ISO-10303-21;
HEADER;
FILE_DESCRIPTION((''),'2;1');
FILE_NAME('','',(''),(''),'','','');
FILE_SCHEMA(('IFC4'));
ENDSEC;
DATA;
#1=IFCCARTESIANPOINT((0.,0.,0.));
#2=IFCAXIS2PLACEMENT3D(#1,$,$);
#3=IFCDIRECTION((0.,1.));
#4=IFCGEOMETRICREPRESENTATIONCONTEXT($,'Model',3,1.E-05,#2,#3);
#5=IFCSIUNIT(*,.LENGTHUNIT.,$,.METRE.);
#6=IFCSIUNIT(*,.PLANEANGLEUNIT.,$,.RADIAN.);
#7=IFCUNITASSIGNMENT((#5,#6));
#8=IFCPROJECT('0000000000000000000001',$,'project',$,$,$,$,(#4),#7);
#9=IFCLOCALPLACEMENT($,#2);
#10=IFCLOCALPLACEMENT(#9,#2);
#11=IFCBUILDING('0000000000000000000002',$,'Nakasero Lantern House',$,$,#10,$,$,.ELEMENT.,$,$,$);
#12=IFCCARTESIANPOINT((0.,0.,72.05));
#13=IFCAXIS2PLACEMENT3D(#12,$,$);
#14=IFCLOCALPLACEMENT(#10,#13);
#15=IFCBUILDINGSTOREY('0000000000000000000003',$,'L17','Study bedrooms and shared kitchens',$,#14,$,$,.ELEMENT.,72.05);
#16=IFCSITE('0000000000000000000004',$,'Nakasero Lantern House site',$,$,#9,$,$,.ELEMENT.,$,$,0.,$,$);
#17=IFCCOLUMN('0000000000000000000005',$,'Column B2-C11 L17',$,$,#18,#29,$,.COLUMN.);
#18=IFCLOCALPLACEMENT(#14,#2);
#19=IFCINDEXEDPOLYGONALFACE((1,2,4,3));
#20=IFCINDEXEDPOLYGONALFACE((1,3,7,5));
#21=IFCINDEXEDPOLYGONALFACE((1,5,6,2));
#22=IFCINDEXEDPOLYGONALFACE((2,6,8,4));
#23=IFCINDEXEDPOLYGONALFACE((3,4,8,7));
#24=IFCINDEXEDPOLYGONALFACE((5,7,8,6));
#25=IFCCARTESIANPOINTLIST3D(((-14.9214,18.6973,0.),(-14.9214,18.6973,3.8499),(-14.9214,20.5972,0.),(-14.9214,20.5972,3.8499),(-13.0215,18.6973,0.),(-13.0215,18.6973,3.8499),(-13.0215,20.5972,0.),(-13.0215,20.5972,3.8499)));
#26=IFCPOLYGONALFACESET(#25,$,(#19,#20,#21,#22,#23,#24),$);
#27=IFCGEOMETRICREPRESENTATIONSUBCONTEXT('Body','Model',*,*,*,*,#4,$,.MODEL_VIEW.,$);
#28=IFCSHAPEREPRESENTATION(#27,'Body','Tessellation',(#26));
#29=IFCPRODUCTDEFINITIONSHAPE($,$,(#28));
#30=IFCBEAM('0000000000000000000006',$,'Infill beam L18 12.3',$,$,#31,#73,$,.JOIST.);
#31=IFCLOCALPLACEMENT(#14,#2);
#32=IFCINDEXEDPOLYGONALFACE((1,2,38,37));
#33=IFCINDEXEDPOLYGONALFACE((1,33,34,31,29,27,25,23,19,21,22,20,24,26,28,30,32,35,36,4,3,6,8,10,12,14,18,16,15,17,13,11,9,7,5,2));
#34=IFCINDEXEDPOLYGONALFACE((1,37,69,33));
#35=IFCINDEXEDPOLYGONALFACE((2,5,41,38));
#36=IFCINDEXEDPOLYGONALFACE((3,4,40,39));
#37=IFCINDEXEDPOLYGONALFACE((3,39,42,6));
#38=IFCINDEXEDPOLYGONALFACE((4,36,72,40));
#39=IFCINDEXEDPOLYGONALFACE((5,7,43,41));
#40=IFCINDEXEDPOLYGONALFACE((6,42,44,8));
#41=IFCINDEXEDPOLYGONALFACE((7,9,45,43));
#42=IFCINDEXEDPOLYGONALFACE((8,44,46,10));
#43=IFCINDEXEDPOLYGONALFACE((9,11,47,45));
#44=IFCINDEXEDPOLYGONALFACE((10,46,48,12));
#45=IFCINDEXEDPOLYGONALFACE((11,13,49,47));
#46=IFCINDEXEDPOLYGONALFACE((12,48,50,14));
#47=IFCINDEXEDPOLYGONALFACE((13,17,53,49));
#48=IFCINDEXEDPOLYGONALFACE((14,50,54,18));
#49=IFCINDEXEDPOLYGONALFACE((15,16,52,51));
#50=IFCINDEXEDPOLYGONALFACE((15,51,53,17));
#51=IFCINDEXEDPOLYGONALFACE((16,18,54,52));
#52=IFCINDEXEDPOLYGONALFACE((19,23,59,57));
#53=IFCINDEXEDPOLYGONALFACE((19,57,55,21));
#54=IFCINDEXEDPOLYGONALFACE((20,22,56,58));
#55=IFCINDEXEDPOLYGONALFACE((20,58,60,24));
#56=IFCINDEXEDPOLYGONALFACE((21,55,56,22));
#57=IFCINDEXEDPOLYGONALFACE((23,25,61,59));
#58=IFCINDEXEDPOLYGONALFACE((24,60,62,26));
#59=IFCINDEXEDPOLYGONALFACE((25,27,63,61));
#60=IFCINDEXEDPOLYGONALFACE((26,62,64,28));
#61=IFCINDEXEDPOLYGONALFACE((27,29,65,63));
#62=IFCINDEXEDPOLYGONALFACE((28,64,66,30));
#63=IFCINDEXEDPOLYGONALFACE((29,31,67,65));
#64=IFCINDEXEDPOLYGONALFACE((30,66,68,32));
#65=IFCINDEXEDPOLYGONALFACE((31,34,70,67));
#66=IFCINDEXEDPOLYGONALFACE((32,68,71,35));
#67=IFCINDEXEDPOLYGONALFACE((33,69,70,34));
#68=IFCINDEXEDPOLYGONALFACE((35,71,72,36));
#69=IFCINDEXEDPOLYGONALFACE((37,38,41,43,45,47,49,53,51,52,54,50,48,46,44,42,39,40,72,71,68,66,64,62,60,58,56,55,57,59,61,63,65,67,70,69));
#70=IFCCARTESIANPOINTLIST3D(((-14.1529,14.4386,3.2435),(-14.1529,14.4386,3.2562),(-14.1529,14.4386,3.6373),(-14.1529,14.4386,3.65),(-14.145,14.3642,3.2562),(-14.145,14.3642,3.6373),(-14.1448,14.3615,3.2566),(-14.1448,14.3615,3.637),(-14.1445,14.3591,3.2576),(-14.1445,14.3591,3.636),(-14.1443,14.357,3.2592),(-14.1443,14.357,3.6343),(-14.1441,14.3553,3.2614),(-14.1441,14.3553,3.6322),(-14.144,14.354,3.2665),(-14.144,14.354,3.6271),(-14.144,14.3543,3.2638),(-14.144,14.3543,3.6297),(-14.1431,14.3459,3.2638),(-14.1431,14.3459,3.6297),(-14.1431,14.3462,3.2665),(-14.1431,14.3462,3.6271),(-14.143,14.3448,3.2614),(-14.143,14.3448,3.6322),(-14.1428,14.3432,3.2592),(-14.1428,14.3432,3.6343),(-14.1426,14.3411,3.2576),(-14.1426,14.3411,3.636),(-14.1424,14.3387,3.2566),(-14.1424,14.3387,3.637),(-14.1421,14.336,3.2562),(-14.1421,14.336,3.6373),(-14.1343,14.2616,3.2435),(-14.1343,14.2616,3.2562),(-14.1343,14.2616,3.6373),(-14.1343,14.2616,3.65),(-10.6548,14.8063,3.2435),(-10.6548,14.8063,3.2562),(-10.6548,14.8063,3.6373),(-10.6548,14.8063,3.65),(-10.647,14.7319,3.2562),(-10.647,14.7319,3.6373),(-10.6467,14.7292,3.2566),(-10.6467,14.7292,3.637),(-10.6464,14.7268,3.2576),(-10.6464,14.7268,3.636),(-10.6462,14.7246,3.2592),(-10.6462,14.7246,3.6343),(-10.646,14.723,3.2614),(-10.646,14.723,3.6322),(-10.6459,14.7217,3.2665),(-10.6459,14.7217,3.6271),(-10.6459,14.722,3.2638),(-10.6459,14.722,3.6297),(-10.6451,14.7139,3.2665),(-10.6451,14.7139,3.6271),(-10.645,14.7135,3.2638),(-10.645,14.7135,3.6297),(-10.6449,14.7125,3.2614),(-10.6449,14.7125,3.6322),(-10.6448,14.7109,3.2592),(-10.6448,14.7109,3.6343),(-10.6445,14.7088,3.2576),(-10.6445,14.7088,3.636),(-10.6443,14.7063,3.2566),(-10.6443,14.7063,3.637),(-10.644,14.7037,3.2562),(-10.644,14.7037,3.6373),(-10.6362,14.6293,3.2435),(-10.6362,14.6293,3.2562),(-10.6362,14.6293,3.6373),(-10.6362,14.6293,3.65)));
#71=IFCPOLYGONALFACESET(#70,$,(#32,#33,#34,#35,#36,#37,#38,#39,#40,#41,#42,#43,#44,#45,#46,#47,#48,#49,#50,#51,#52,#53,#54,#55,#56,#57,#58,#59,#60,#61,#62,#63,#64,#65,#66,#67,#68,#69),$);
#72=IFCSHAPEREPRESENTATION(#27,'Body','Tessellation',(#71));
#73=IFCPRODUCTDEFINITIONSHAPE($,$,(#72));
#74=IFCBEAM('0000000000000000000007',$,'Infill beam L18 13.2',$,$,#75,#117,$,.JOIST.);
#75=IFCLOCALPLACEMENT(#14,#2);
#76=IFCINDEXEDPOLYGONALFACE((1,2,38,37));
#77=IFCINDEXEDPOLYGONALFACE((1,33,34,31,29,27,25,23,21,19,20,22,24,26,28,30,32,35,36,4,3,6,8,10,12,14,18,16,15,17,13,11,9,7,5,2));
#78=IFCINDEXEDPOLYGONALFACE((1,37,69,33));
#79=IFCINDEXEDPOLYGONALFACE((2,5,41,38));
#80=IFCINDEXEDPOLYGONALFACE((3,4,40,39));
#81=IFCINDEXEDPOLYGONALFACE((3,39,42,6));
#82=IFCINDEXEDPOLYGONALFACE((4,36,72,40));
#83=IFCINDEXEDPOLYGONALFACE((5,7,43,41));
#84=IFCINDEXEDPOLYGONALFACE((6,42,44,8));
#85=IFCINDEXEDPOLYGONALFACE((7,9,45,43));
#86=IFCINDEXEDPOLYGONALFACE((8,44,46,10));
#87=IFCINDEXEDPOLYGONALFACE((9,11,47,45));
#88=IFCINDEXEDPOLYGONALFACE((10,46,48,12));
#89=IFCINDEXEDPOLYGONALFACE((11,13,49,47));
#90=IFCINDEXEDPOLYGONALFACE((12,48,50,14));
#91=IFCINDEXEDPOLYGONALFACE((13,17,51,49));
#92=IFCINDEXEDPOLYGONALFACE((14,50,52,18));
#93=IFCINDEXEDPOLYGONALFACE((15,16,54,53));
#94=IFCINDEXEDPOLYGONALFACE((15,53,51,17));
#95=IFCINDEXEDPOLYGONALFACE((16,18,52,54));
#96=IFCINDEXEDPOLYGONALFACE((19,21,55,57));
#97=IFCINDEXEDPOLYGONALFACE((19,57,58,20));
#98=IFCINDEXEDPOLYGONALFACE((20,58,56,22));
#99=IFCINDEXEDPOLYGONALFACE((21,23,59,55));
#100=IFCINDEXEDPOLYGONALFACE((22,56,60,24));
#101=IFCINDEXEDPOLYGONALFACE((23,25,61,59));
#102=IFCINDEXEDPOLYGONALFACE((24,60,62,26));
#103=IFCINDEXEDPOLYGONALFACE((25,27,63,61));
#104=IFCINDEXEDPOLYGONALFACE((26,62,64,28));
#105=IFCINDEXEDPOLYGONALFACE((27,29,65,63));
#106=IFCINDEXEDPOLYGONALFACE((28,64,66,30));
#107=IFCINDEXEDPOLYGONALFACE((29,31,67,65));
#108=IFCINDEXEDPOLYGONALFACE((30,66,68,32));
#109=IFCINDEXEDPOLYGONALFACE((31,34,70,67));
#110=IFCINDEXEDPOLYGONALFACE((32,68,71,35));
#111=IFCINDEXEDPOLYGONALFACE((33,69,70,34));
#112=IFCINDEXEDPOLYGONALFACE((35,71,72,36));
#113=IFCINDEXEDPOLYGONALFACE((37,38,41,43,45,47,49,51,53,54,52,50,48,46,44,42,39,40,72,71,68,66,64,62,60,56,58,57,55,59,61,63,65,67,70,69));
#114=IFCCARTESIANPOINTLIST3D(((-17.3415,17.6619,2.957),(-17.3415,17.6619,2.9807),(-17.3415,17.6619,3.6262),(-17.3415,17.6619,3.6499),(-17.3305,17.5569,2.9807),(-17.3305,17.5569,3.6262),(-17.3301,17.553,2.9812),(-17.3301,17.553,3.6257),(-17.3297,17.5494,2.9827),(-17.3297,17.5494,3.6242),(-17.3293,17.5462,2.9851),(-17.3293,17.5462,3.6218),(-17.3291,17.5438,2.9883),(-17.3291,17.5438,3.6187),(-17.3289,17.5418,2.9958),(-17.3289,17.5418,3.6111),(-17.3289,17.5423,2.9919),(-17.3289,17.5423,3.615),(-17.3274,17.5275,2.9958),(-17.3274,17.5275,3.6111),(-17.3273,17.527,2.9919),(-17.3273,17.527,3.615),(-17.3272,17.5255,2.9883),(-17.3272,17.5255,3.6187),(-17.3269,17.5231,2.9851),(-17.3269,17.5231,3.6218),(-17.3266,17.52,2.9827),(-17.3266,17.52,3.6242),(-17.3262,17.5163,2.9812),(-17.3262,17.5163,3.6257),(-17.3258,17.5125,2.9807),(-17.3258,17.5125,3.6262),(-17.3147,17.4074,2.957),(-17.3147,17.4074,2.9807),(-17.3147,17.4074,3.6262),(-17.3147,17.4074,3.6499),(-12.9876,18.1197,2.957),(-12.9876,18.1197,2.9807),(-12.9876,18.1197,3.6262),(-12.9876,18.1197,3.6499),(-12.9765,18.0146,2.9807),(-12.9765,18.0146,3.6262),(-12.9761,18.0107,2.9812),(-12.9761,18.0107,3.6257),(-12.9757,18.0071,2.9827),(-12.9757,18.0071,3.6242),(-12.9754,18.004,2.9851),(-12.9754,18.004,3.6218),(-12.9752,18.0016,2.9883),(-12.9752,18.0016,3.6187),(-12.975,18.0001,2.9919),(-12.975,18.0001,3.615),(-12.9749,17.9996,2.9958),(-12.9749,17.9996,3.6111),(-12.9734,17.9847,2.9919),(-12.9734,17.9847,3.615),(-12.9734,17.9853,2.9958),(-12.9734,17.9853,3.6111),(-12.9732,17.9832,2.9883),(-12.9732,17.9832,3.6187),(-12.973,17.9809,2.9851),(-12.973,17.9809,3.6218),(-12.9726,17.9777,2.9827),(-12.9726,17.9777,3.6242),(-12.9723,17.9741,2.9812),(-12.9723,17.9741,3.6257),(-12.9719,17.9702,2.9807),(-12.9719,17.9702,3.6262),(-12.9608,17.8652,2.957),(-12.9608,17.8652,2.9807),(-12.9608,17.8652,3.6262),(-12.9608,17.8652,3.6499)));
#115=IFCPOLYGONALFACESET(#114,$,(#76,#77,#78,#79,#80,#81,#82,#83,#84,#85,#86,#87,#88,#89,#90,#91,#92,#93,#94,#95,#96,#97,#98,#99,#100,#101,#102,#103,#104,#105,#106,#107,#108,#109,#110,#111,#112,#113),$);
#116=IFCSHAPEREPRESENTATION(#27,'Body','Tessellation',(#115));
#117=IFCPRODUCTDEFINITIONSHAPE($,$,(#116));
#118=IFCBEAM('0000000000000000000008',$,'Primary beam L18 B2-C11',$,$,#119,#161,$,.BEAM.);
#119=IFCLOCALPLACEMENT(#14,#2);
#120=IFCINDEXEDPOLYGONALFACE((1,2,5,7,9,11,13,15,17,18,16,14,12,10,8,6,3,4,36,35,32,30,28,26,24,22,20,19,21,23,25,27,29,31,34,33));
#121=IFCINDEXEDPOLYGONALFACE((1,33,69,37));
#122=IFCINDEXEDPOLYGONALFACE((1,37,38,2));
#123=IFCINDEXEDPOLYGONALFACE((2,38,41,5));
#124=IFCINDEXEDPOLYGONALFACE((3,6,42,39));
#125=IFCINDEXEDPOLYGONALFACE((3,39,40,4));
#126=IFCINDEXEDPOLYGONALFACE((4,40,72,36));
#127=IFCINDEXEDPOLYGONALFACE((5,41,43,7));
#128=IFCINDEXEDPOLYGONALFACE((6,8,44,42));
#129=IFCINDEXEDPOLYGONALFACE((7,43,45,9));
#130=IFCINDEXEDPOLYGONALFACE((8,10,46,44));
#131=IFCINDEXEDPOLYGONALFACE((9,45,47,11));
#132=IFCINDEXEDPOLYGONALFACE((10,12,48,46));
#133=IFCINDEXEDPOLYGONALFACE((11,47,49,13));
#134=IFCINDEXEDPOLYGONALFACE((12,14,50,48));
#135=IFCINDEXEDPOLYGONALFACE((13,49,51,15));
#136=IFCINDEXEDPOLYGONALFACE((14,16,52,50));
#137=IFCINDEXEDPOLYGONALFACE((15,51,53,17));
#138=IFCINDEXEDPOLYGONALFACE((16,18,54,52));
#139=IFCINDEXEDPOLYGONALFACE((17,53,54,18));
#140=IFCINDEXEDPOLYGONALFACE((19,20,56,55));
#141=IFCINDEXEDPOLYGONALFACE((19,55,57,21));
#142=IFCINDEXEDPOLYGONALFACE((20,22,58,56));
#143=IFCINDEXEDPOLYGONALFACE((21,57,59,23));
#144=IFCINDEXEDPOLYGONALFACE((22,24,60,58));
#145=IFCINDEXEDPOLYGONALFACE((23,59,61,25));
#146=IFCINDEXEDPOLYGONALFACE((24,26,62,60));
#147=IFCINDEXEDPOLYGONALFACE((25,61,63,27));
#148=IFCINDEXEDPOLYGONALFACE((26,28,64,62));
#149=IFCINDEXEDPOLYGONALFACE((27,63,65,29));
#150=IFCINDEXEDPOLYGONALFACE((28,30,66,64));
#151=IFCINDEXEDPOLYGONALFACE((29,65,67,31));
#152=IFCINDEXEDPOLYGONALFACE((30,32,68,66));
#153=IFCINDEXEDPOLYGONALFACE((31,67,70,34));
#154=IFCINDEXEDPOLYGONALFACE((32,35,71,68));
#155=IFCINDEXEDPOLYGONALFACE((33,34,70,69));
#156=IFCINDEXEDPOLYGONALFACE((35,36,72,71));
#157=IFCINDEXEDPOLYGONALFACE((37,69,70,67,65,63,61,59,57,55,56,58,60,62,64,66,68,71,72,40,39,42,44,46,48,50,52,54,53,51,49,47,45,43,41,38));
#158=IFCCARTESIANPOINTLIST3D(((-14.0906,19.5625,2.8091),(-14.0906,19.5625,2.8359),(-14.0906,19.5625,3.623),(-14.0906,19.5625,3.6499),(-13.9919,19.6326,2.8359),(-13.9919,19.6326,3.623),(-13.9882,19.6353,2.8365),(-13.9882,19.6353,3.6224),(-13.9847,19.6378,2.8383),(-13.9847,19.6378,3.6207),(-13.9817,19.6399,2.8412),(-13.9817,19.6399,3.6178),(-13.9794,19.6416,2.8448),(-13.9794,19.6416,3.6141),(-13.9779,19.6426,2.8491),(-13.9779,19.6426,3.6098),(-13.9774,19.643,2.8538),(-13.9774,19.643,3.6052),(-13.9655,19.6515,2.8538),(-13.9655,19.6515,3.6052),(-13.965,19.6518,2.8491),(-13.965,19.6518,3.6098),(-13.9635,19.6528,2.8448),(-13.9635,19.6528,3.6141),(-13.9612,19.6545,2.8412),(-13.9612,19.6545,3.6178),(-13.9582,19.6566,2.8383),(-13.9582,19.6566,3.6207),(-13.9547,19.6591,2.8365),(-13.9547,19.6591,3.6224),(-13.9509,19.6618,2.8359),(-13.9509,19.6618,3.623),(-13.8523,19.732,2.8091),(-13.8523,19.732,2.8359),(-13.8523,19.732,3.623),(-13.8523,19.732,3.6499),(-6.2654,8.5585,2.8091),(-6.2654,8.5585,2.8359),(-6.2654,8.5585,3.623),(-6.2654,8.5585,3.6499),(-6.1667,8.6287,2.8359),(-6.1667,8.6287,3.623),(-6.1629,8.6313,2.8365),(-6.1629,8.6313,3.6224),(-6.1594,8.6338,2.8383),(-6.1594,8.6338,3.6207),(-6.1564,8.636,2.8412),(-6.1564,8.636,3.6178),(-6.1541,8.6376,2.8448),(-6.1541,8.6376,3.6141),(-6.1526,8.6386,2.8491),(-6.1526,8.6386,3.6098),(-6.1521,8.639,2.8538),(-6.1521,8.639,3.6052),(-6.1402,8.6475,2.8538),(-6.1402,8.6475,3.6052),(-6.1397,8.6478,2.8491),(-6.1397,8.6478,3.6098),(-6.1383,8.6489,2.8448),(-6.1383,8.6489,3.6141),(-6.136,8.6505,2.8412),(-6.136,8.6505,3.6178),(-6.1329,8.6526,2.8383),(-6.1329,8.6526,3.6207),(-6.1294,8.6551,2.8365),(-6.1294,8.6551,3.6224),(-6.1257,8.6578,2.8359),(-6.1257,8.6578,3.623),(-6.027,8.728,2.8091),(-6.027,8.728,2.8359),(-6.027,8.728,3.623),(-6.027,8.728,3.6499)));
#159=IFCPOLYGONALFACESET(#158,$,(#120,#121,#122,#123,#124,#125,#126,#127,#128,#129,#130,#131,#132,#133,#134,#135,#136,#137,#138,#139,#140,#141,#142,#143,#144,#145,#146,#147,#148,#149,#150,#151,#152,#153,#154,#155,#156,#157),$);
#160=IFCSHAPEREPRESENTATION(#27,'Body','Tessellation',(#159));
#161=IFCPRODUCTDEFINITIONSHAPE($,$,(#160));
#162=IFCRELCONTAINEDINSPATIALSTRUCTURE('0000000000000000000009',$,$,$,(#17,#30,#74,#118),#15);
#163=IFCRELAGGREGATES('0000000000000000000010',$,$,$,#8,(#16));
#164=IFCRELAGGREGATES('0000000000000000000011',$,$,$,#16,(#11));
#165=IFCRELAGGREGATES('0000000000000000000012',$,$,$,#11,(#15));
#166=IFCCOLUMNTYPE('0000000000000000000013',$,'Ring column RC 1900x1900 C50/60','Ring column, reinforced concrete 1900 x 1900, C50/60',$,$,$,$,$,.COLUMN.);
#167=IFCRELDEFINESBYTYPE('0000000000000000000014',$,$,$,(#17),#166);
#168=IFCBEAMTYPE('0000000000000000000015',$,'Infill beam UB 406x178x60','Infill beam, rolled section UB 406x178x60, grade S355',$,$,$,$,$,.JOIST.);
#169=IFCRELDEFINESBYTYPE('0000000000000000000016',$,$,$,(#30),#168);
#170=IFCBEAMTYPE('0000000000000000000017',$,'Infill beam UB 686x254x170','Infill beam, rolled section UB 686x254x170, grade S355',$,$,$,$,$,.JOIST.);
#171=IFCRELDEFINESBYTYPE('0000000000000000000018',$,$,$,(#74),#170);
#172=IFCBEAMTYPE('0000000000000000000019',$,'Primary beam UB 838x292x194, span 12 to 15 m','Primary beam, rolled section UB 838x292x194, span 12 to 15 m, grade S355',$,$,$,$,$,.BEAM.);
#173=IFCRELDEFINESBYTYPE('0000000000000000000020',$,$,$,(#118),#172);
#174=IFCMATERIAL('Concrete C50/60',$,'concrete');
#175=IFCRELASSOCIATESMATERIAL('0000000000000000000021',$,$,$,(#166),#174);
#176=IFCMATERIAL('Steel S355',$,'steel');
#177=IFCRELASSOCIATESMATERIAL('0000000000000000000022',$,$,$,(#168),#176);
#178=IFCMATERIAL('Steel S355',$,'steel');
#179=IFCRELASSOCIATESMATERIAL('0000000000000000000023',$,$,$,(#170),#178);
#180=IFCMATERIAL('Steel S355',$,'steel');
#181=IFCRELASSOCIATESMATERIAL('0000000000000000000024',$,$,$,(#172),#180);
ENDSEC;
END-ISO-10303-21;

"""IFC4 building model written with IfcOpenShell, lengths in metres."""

from ifc_helpers import new_model, si_unit, direction, frame, origin, origin_2d, place, context, subcontext, project, spatial, rectangle, i_section, extrude, material, material_profile, profile_set, type_object, element, save


model = new_model("IFC4")

# Units and contexts
model_context = context("Model", 3, precision=1e-05, world=origin(), true_north=direction((0.0, 1.0)))
body_context = subcontext(model_context, "Body", "Model", "MODEL_VIEW")
ifc_project = project(units=[si_unit("LENGTHUNIT", "METRE"), si_unit("PLANEANGLEUNIT", "RADIAN")], contexts=[model_context])

# Site, building, storey
site_placement = place(None, origin())
site = spatial("IfcSite", under=ifc_project, at=site_placement, Name="Nakasero Lantern House site", CompositionType="ELEMENT", RefElevation=0.0)
building_placement = place(site_placement, origin())
building = spatial("IfcBuilding", under=site, at=building_placement, Name="Nakasero Lantern House", CompositionType="ELEMENT")
storey_placement = place(building_placement, frame((0.0, 0.0, 72.05)))
storey = spatial("IfcBuildingStorey", under=building, at=storey_placement, Name="L17", Description="Study bedrooms and shared kitchens", CompositionType="ELEMENT", Elevation=72.05)

# Column
ifc_material_1 = material(Name="Concrete C50/60", Category="concrete")
ifc_material_profile_1 = material_profile(ifc_material_1, rectangle(XDim=1.8999, YDim=1.8999, at=origin_2d()), Name="RC 1900x1900")
ifc_profile_set_1 = profile_set([ifc_material_profile_1], Name="Concrete C50/60")
column_type = type_object("IfcColumnType", Name="Ring column RC 1900x1900 C50/60", Description="Ring column, reinforced concrete 1900 x 1900, C50/60", PredefinedType="COLUMN", material=ifc_profile_set_1)
column_placement = place(storey_placement, frame((-13.9714, 19.6472, 0.0), z_axis=(0.0, 0.0, 1.0), x_axis=(1.0, 0.0, 0.0)))
element("IfcColumn", 1, at=column_placement, inside=storey, type_object=column_type, Name="Column B2-C11 L17", PredefinedType="COLUMN", context=body_context, shape_type="SweptSolid", body=[
    extrude(rectangle(XDim=1.8999, YDim=1.8999, at=origin_2d()), origin(), (0.0, 0.0, 1.0), 3.8499),
])

# Beams
ifc_material_2 = material(Name="Steel S355", Category="steel")
ifc_material_profile_2 = material_profile(ifc_material_2, i_section(OverallWidth=0.178, OverallDepth=0.4065, WebThickness=0.0078, FlangeThickness=0.0127, FilletRadius=0.0103, at=origin_2d()), Name="UB 406x178x60")
ifc_profile_set_2 = profile_set([ifc_material_profile_2], Name="Steel S355")
beam_type_1 = type_object("IfcBeamType", Name="Infill beam UB 406x178x60", Description="Infill beam, rolled section UB 406x178x60, grade S355", PredefinedType="JOIST", material=ifc_profile_set_2)
beam_1_placement = place(storey_placement, frame((-14.1436, 14.3501, 3.4468), z_axis=(0.994521, 0.104533, 0.0), x_axis=(-0.104533, 0.994521, 0.0)))
element("IfcBeam", 2, at=beam_1_placement, inside=storey, type_object=beam_type_1, Name="Infill beam L18 12.3", PredefinedType="JOIST", context=body_context, shape_type="SweptSolid", body=[
    extrude(i_section(OverallWidth=0.178, OverallDepth=0.4065, WebThickness=0.0078, FlangeThickness=0.0127, FilletRadius=0.0103, at=origin_2d()), origin(), (0.0, 0.0, 1.0), 3.5173),
])
ifc_material_3 = material(Name="Steel S355", Category="steel")
ifc_material_profile_3 = material_profile(ifc_material_3, i_section(OverallWidth=0.2559, OverallDepth=0.6929, WebThickness=0.0144, FlangeThickness=0.0237, FilletRadius=0.0151, at=origin_2d()), Name="UB 686x254x170")
ifc_profile_set_3 = profile_set([ifc_material_profile_3], Name="Steel S355")
beam_type_2 = type_object("IfcBeamType", Name="Infill beam UB 686x254x170", Description="Infill beam, rolled section UB 686x254x170, grade S355", PredefinedType="JOIST", material=ifc_profile_set_3)
beam_2_placement = place(storey_placement, frame((-17.3281, 17.5347, 3.3035), z_axis=(0.994519, 0.10456, 0.0), x_axis=(-0.10456, 0.994519, 0.0)))
element("IfcBeam", 3, at=beam_2_placement, inside=storey, type_object=beam_type_2, Name="Infill beam L18 13.2", PredefinedType="JOIST", context=body_context, shape_type="SweptSolid", body=[
    extrude(i_section(OverallWidth=0.2559, OverallDepth=0.6929, WebThickness=0.0144, FlangeThickness=0.0237, FilletRadius=0.0151, at=origin_2d()), origin(), (0.0, 0.0, 1.0), 4.3779),
])
ifc_material_4 = material(Name="Steel S355", Category="steel")
ifc_material_profile_4 = material_profile(ifc_material_4, i_section(OverallWidth=0.2925, OverallDepth=0.8408, WebThickness=0.0146, FlangeThickness=0.0269, FilletRadius=0.0178, at=origin_2d()), Name="UB 838x292x194")
ifc_profile_set_4 = profile_set([ifc_material_profile_4], Name="Steel S355")
beam_type_3 = type_object("IfcBeamType", Name="Primary beam UB 838x292x194, span 12 to 15 m", Description="Primary beam, rolled section UB 838x292x194, span 12 to 15 m, grade S355", PredefinedType="BEAM", material=ifc_profile_set_4)
beam_3_placement = place(storey_placement, frame((-13.9714, 19.6472, 3.2295), z_axis=(0.579533, -0.814948, 0.0), x_axis=(0.814948, 0.579533, 0.0)))
element("IfcBeam", 4, at=beam_3_placement, inside=storey, type_object=beam_type_3, Name="Primary beam L18 B2-C11", PredefinedType="BEAM", context=body_context, shape_type="SweptSolid", body=[
    extrude(i_section(OverallWidth=0.2925, OverallDepth=0.8408, WebThickness=0.0146, FlangeThickness=0.0269, FilletRadius=0.0178, at=origin_2d()), origin(), (0.0, 0.0, 1.0), 13.5027),
])

save(model, "model.ifc")
